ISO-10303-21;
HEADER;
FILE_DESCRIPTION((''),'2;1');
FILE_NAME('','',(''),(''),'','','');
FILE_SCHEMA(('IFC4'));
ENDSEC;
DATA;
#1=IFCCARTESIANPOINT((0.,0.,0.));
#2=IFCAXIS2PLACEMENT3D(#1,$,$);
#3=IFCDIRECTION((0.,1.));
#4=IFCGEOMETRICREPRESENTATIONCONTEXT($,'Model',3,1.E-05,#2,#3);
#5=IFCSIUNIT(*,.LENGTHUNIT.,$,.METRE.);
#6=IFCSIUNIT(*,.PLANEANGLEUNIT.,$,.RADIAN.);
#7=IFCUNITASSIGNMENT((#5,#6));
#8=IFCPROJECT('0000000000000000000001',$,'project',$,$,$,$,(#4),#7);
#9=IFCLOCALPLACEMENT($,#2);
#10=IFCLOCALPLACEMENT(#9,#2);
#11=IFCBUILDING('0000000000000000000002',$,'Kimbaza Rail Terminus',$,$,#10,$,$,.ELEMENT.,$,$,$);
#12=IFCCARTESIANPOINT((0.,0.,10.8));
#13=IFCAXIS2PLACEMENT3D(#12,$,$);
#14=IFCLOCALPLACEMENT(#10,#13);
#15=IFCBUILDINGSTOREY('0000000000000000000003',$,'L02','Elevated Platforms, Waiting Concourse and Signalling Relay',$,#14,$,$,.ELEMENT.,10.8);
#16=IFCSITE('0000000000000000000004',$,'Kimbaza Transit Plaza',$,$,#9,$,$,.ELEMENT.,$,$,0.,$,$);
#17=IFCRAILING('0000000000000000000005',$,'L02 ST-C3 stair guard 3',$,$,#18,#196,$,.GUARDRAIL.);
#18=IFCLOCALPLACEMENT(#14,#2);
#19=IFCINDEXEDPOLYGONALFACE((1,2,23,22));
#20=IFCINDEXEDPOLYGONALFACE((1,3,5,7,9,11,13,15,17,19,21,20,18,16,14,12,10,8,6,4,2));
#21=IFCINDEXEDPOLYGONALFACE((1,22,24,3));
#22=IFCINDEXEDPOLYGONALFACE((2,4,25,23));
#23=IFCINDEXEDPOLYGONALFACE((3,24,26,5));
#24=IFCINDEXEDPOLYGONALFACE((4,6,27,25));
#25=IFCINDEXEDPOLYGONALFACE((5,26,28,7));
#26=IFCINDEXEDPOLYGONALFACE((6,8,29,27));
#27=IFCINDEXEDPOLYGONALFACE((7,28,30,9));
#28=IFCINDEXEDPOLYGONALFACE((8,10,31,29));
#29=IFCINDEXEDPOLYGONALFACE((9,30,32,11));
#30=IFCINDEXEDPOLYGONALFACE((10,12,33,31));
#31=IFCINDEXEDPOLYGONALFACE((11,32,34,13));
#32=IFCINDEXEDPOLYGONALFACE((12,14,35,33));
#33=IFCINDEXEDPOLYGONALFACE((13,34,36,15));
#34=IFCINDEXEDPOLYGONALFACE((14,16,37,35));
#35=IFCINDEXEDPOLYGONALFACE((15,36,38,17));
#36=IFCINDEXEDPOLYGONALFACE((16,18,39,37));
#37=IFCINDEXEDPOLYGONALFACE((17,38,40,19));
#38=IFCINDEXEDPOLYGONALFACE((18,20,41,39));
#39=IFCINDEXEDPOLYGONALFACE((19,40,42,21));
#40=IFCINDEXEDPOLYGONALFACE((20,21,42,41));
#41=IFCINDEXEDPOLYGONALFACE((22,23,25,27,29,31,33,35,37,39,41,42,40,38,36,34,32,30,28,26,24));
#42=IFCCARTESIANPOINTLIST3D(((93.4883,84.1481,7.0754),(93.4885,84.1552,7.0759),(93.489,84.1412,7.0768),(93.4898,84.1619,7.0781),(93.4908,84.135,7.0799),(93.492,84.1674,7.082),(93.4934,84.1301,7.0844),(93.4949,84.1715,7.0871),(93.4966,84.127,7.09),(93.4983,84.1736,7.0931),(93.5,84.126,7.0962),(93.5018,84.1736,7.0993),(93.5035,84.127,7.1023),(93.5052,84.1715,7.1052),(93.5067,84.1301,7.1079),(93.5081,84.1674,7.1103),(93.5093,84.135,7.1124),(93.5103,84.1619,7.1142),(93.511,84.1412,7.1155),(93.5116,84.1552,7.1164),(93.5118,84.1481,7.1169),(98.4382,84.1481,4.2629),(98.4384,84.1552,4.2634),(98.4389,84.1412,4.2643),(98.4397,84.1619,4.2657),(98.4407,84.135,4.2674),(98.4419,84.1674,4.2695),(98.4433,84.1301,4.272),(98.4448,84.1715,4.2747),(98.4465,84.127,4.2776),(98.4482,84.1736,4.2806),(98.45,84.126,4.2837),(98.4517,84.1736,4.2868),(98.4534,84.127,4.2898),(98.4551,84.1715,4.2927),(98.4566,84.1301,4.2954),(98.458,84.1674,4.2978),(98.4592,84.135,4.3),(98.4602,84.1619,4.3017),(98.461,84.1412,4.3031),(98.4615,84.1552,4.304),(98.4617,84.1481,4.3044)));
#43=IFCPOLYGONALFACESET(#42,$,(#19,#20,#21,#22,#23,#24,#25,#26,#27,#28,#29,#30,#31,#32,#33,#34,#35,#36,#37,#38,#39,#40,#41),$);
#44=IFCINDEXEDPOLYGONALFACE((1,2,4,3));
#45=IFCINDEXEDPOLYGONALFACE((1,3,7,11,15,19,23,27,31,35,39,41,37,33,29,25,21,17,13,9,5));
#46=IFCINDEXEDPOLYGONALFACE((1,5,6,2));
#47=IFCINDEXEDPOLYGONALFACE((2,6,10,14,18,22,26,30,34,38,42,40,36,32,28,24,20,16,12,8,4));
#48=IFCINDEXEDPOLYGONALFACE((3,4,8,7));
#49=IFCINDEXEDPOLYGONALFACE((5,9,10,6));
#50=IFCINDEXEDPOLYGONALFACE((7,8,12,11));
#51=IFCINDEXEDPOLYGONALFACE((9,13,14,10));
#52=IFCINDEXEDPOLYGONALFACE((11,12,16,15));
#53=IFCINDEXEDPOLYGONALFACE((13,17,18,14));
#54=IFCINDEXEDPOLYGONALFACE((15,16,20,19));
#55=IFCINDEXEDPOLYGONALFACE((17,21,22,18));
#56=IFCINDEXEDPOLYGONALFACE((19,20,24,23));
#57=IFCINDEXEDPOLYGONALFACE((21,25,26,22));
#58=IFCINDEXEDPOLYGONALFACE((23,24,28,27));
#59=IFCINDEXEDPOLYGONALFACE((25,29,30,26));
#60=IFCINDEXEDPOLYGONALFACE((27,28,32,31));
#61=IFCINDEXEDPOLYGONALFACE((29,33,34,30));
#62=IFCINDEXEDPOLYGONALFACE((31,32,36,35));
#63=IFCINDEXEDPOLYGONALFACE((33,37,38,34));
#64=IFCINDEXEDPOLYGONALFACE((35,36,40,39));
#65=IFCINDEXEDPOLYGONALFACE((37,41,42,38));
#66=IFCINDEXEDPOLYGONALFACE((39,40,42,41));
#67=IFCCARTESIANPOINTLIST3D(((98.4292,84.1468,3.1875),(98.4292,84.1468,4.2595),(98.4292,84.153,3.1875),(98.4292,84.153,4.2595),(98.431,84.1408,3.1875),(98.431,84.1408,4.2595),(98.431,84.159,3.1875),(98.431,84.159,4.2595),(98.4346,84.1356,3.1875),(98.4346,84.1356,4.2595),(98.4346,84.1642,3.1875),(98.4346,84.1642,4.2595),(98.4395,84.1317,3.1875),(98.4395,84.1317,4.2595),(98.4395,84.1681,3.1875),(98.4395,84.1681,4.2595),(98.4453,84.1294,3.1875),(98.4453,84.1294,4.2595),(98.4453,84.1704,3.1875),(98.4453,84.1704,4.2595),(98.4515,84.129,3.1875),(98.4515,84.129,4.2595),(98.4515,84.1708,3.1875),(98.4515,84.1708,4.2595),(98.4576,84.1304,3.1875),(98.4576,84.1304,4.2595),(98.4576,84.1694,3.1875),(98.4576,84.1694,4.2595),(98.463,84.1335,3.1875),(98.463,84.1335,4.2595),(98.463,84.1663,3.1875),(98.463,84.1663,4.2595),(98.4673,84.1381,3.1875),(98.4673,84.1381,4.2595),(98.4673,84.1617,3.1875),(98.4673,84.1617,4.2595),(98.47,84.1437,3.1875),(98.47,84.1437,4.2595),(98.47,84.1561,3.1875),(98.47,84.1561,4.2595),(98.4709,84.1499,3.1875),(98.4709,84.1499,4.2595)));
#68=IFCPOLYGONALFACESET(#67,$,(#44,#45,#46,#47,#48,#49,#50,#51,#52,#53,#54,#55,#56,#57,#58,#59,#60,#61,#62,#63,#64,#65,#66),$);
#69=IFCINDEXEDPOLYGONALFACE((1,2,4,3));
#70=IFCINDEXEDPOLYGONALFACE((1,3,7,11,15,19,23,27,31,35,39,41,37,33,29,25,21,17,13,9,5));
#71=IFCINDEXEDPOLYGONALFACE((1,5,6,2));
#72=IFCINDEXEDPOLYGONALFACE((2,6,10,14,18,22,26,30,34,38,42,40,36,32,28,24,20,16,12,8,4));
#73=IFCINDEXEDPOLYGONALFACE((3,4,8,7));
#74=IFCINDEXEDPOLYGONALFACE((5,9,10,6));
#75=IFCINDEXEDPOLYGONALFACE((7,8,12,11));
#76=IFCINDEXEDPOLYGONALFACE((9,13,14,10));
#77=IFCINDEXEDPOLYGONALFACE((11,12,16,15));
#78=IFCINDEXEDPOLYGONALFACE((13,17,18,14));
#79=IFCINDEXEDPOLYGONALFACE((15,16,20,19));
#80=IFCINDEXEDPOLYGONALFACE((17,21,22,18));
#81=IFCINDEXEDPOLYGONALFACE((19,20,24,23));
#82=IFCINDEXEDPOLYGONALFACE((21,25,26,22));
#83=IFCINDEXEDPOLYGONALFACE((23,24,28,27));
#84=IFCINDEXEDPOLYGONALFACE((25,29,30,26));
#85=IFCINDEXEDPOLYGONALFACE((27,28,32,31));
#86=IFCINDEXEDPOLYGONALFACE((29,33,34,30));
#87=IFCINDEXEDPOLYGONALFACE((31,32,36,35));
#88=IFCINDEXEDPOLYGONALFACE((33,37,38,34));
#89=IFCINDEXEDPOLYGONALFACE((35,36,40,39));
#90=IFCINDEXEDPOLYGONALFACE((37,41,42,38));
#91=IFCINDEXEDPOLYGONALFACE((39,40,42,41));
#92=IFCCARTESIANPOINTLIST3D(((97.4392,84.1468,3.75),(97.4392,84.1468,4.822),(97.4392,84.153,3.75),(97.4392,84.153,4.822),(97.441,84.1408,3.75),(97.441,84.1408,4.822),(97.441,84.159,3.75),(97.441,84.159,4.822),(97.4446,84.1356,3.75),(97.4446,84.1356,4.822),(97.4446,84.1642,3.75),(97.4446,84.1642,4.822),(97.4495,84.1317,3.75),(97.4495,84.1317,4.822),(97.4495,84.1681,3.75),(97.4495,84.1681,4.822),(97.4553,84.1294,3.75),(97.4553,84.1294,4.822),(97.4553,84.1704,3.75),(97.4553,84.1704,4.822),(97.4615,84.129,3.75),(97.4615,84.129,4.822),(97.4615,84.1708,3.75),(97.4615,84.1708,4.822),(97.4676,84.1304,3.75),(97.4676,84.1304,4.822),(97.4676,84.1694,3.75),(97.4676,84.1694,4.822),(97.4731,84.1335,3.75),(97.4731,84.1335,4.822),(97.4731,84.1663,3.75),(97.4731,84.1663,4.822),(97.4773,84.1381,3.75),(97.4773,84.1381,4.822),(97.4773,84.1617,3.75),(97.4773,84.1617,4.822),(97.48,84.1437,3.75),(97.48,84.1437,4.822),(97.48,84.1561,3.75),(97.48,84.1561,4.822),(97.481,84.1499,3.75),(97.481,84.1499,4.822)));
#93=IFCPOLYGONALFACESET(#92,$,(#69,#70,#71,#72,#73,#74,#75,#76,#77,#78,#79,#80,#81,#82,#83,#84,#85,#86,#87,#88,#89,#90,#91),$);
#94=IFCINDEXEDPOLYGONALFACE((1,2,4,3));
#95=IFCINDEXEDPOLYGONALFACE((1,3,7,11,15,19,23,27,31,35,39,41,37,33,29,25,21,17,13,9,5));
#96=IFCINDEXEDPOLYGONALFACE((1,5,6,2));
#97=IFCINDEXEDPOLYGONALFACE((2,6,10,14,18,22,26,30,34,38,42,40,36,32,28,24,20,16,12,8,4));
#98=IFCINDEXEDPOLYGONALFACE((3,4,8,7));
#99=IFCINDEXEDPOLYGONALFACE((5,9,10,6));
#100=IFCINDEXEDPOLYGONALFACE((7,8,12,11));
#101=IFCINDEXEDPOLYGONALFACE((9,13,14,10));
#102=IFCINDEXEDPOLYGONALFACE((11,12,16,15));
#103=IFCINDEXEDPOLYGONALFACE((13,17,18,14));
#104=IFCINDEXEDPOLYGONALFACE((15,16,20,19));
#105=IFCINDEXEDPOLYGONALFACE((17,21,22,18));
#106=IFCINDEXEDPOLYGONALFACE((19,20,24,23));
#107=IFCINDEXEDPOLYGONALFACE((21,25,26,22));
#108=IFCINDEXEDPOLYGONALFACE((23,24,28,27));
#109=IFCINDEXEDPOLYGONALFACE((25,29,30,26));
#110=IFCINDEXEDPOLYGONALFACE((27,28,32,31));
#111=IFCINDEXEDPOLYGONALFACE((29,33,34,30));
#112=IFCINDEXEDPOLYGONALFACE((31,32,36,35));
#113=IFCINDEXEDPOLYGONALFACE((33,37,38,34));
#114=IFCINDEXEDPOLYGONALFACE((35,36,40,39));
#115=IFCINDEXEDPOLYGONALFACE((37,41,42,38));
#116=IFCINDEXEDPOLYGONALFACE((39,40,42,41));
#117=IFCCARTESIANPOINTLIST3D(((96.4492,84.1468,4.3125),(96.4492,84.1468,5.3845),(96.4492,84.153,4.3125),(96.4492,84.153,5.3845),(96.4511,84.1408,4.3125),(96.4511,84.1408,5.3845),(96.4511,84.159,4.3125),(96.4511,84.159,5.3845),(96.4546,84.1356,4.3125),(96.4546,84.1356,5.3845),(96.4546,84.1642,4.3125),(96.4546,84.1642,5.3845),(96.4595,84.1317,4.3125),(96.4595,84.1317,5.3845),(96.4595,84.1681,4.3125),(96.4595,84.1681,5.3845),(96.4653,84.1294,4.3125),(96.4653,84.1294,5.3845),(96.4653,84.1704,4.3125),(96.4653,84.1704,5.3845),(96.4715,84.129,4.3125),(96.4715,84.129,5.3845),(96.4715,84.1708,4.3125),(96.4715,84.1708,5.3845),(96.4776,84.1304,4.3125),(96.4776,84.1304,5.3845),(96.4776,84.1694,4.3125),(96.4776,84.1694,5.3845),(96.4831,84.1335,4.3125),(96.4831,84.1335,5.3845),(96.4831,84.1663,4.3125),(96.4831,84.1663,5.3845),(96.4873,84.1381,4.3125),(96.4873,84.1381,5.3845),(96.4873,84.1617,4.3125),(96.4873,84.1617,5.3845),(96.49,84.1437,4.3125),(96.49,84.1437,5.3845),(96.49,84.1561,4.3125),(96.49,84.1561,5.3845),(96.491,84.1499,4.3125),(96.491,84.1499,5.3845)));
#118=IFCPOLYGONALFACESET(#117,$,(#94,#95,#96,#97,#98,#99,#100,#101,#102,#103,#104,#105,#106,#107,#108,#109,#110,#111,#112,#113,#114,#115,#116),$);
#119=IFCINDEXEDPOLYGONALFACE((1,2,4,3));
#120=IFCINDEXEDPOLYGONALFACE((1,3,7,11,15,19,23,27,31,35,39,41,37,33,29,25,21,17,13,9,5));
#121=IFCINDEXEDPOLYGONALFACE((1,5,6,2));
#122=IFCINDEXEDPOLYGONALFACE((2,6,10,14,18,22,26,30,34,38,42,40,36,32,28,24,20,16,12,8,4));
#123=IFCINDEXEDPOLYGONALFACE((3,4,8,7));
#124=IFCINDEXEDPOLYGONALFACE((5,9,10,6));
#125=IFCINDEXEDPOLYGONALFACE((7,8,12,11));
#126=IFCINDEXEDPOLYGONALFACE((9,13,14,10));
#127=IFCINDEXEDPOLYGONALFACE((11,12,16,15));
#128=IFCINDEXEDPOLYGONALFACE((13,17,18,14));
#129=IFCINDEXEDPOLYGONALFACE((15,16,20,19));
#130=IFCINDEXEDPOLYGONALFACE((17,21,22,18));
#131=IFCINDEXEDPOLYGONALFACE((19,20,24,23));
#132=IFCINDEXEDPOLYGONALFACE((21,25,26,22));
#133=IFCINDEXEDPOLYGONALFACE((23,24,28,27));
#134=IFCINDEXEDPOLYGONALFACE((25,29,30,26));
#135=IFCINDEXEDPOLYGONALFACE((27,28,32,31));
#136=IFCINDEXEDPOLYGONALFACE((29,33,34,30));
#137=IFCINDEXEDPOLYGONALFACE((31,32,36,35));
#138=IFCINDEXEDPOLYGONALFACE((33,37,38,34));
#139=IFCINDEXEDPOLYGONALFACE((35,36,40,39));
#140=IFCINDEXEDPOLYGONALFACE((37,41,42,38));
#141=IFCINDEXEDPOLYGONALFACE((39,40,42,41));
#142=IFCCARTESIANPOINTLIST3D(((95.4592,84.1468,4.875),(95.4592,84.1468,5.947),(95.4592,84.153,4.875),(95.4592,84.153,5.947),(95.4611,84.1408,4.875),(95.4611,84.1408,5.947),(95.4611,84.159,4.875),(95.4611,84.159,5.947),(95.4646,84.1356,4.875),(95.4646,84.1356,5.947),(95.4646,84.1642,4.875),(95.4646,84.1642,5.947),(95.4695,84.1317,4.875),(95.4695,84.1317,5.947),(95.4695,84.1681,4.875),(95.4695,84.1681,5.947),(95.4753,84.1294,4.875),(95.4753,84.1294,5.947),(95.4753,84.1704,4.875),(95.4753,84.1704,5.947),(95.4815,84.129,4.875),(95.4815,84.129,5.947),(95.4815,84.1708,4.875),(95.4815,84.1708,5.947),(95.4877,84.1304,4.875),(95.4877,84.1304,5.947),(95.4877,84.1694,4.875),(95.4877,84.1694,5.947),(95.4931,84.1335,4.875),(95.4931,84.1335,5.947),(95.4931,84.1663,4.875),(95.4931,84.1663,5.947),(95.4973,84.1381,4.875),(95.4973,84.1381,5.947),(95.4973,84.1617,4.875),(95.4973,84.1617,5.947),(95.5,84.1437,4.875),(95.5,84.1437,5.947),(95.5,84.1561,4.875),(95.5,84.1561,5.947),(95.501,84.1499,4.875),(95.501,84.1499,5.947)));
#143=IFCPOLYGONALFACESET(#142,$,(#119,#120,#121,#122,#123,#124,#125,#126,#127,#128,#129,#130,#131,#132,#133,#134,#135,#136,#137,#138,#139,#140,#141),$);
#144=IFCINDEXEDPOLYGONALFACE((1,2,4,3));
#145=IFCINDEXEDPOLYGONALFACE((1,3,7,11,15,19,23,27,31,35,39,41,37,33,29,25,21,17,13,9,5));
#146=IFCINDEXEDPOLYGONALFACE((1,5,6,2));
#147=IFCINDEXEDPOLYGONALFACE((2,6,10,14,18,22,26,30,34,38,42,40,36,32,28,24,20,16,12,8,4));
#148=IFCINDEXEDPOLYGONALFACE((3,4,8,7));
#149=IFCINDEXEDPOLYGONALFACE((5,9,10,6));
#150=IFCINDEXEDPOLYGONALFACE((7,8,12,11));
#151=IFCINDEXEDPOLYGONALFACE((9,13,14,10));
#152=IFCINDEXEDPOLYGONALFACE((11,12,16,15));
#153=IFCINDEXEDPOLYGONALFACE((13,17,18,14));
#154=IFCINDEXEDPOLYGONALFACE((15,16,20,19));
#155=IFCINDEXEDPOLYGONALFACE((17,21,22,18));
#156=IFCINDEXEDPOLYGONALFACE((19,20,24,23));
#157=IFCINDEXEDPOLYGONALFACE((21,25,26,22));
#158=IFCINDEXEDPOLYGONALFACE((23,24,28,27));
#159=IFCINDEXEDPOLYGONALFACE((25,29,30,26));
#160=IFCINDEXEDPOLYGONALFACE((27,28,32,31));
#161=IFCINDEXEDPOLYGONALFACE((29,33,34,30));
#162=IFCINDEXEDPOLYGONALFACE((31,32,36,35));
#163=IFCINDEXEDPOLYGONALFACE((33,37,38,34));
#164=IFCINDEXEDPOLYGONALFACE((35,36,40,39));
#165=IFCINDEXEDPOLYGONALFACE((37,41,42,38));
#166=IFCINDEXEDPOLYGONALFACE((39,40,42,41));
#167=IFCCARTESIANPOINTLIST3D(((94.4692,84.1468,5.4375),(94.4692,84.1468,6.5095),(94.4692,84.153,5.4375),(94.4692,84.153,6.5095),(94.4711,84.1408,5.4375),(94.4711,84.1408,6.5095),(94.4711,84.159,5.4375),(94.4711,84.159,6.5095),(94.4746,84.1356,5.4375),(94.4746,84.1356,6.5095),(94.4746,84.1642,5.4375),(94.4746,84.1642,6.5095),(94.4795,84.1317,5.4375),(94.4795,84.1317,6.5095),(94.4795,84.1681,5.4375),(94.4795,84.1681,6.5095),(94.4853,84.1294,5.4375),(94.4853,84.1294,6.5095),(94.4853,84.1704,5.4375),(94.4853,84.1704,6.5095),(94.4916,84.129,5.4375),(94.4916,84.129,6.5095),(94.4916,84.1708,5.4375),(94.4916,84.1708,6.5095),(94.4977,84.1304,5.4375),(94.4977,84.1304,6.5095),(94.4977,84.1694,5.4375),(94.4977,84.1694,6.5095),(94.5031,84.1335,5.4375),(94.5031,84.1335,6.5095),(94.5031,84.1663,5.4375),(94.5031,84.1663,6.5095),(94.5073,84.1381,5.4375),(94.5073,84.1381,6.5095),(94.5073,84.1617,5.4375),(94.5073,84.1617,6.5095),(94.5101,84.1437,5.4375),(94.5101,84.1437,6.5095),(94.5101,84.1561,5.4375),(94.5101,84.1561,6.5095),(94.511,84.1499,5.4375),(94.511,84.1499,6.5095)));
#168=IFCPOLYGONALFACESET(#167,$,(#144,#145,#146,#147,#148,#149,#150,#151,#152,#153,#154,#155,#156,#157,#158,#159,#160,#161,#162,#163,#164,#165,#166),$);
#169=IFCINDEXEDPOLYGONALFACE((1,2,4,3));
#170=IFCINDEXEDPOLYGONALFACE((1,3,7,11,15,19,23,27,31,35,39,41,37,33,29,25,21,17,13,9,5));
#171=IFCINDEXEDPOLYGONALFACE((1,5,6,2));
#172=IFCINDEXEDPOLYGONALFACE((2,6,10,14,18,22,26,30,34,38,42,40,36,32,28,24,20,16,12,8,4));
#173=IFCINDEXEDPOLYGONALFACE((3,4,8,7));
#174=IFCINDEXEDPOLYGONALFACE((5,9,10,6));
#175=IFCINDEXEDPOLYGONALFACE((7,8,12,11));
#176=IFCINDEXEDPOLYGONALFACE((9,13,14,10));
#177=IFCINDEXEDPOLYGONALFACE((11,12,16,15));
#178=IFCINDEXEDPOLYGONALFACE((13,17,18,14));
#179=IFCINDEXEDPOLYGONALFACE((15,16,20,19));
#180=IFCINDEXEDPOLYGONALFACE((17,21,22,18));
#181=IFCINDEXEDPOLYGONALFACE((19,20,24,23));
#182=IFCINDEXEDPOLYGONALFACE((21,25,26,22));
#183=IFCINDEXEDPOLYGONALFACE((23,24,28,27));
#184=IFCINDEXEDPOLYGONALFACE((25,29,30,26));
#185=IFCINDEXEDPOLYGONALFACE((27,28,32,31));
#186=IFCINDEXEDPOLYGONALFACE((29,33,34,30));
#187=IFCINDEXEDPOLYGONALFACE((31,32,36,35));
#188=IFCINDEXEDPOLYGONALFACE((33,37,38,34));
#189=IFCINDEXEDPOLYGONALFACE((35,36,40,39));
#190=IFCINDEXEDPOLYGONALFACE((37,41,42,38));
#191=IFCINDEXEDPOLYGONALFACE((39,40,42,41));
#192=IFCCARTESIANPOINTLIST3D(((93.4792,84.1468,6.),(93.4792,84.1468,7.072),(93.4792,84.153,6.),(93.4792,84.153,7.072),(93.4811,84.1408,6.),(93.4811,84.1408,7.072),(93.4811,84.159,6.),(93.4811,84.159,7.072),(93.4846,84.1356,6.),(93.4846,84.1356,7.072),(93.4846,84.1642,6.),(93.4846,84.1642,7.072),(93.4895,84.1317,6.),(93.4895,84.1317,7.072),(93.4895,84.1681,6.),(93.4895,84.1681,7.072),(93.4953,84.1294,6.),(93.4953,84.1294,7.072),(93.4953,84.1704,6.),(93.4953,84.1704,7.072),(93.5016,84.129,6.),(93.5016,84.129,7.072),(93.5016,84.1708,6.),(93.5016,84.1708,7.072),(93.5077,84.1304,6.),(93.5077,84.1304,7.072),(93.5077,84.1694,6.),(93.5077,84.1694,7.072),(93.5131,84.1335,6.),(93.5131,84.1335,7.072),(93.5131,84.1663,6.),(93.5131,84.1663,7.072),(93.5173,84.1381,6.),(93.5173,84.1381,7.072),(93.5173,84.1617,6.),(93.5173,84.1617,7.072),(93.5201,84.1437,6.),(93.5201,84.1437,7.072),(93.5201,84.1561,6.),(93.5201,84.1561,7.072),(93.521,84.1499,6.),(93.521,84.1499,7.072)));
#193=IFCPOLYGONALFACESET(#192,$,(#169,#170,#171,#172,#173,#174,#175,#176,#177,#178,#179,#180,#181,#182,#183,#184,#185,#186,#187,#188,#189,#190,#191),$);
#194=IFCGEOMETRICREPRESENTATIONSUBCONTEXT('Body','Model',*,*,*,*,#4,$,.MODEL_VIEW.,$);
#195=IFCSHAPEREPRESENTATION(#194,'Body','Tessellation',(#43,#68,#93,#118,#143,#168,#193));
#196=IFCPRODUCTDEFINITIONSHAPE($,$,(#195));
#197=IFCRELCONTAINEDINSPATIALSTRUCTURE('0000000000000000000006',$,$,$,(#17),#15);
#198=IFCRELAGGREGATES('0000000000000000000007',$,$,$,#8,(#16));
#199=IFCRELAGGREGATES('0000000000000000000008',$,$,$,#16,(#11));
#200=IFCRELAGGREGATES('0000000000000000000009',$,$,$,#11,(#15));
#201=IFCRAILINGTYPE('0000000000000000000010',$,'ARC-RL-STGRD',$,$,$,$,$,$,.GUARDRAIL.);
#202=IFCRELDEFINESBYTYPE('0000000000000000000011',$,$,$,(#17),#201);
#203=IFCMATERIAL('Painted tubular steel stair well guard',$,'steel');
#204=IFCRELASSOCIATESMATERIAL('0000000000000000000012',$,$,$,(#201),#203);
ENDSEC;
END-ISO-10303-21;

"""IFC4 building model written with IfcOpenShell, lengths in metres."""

from ifc_helpers import new_model, si_unit, direction, frame, origin, origin_2d, place, context, subcontext, project, spatial, circle, extrude, material, type_object, element, save


model = new_model("IFC4")

# Units and contexts
model_context = context("Model", 3, precision=1e-05, world=origin(), true_north=direction((0.0, 1.0)))
body_context = subcontext(model_context, "Body", "Model", "MODEL_VIEW")
ifc_project = project(units=[si_unit("LENGTHUNIT", "METRE"), si_unit("PLANEANGLEUNIT", "RADIAN")], contexts=[model_context])

# Site, building, storey
site_placement = place(None, origin())
site = spatial("IfcSite", under=ifc_project, at=site_placement, Name="Kimbaza Transit Plaza", CompositionType="ELEMENT", RefElevation=0.0)
building_placement = place(site_placement, origin())
building = spatial("IfcBuilding", under=site, at=building_placement, Name="Kimbaza Rail Terminus", CompositionType="ELEMENT")
storey_placement = place(building_placement, frame((0.0, 0.0, 10.8)))
storey = spatial("IfcBuildingStorey", under=building, at=storey_placement, Name="L02", Description="Elevated Platforms, Waiting Concourse and Signalling Relay", CompositionType="ELEMENT", Elevation=10.8)

# Railing
ifc_material_1 = material(Name="Painted tubular steel stair well guard", Category="steel")
railing_type_1 = type_object("IfcRailingType", Name="ARC-RL-STGRD", PredefinedType="GUARDRAIL", material=ifc_material_1)
railing_1_placement = place(storey_placement, frame((98.45, 84.1499, 3.1875)))
element("IfcRailing", 1, at=railing_1_placement, inside=storey, type_object=railing_type_1, Name="L02 ST-C3 stair guard 3", PredefinedType="GUARDRAIL", context=body_context, shape_type="SweptSolid", body=[
    extrude(circle(Radius=0.0239, at=origin_2d()), frame((0.0, 0.0, 1.0962), z_axis=(-0.869454, 0.0, 0.494013), x_axis=(0.0, -1.0, 0.0)), (0.0, 0.0, 1.0), 5.6931),
    extrude(circle(Radius=0.021, at=origin_2d()), origin(), (0.0, 0.0, 1.0), 1.072),
    extrude(circle(Radius=0.021, at=origin_2d()), frame((-0.99, 0.0, 0.5625)), (0.0, 0.0, 1.0), 1.072),
    extrude(circle(Radius=0.021, at=origin_2d()), frame((-1.98, 0.0, 1.125)), (0.0, 0.0, 1.0), 1.072),
    extrude(circle(Radius=0.021, at=origin_2d()), frame((-2.97, 0.0, 1.6875)), (0.0, 0.0, 1.0), 1.072),
    extrude(circle(Radius=0.021, at=origin_2d()), frame((-3.96, 0.0, 2.25)), (0.0, 0.0, 1.0), 1.072),
    extrude(circle(Radius=0.021, at=origin_2d()), frame((-4.95, 0.0, 2.8125)), (0.0, 0.0, 1.0), 1.072),
])

save(model, "model.ifc")
